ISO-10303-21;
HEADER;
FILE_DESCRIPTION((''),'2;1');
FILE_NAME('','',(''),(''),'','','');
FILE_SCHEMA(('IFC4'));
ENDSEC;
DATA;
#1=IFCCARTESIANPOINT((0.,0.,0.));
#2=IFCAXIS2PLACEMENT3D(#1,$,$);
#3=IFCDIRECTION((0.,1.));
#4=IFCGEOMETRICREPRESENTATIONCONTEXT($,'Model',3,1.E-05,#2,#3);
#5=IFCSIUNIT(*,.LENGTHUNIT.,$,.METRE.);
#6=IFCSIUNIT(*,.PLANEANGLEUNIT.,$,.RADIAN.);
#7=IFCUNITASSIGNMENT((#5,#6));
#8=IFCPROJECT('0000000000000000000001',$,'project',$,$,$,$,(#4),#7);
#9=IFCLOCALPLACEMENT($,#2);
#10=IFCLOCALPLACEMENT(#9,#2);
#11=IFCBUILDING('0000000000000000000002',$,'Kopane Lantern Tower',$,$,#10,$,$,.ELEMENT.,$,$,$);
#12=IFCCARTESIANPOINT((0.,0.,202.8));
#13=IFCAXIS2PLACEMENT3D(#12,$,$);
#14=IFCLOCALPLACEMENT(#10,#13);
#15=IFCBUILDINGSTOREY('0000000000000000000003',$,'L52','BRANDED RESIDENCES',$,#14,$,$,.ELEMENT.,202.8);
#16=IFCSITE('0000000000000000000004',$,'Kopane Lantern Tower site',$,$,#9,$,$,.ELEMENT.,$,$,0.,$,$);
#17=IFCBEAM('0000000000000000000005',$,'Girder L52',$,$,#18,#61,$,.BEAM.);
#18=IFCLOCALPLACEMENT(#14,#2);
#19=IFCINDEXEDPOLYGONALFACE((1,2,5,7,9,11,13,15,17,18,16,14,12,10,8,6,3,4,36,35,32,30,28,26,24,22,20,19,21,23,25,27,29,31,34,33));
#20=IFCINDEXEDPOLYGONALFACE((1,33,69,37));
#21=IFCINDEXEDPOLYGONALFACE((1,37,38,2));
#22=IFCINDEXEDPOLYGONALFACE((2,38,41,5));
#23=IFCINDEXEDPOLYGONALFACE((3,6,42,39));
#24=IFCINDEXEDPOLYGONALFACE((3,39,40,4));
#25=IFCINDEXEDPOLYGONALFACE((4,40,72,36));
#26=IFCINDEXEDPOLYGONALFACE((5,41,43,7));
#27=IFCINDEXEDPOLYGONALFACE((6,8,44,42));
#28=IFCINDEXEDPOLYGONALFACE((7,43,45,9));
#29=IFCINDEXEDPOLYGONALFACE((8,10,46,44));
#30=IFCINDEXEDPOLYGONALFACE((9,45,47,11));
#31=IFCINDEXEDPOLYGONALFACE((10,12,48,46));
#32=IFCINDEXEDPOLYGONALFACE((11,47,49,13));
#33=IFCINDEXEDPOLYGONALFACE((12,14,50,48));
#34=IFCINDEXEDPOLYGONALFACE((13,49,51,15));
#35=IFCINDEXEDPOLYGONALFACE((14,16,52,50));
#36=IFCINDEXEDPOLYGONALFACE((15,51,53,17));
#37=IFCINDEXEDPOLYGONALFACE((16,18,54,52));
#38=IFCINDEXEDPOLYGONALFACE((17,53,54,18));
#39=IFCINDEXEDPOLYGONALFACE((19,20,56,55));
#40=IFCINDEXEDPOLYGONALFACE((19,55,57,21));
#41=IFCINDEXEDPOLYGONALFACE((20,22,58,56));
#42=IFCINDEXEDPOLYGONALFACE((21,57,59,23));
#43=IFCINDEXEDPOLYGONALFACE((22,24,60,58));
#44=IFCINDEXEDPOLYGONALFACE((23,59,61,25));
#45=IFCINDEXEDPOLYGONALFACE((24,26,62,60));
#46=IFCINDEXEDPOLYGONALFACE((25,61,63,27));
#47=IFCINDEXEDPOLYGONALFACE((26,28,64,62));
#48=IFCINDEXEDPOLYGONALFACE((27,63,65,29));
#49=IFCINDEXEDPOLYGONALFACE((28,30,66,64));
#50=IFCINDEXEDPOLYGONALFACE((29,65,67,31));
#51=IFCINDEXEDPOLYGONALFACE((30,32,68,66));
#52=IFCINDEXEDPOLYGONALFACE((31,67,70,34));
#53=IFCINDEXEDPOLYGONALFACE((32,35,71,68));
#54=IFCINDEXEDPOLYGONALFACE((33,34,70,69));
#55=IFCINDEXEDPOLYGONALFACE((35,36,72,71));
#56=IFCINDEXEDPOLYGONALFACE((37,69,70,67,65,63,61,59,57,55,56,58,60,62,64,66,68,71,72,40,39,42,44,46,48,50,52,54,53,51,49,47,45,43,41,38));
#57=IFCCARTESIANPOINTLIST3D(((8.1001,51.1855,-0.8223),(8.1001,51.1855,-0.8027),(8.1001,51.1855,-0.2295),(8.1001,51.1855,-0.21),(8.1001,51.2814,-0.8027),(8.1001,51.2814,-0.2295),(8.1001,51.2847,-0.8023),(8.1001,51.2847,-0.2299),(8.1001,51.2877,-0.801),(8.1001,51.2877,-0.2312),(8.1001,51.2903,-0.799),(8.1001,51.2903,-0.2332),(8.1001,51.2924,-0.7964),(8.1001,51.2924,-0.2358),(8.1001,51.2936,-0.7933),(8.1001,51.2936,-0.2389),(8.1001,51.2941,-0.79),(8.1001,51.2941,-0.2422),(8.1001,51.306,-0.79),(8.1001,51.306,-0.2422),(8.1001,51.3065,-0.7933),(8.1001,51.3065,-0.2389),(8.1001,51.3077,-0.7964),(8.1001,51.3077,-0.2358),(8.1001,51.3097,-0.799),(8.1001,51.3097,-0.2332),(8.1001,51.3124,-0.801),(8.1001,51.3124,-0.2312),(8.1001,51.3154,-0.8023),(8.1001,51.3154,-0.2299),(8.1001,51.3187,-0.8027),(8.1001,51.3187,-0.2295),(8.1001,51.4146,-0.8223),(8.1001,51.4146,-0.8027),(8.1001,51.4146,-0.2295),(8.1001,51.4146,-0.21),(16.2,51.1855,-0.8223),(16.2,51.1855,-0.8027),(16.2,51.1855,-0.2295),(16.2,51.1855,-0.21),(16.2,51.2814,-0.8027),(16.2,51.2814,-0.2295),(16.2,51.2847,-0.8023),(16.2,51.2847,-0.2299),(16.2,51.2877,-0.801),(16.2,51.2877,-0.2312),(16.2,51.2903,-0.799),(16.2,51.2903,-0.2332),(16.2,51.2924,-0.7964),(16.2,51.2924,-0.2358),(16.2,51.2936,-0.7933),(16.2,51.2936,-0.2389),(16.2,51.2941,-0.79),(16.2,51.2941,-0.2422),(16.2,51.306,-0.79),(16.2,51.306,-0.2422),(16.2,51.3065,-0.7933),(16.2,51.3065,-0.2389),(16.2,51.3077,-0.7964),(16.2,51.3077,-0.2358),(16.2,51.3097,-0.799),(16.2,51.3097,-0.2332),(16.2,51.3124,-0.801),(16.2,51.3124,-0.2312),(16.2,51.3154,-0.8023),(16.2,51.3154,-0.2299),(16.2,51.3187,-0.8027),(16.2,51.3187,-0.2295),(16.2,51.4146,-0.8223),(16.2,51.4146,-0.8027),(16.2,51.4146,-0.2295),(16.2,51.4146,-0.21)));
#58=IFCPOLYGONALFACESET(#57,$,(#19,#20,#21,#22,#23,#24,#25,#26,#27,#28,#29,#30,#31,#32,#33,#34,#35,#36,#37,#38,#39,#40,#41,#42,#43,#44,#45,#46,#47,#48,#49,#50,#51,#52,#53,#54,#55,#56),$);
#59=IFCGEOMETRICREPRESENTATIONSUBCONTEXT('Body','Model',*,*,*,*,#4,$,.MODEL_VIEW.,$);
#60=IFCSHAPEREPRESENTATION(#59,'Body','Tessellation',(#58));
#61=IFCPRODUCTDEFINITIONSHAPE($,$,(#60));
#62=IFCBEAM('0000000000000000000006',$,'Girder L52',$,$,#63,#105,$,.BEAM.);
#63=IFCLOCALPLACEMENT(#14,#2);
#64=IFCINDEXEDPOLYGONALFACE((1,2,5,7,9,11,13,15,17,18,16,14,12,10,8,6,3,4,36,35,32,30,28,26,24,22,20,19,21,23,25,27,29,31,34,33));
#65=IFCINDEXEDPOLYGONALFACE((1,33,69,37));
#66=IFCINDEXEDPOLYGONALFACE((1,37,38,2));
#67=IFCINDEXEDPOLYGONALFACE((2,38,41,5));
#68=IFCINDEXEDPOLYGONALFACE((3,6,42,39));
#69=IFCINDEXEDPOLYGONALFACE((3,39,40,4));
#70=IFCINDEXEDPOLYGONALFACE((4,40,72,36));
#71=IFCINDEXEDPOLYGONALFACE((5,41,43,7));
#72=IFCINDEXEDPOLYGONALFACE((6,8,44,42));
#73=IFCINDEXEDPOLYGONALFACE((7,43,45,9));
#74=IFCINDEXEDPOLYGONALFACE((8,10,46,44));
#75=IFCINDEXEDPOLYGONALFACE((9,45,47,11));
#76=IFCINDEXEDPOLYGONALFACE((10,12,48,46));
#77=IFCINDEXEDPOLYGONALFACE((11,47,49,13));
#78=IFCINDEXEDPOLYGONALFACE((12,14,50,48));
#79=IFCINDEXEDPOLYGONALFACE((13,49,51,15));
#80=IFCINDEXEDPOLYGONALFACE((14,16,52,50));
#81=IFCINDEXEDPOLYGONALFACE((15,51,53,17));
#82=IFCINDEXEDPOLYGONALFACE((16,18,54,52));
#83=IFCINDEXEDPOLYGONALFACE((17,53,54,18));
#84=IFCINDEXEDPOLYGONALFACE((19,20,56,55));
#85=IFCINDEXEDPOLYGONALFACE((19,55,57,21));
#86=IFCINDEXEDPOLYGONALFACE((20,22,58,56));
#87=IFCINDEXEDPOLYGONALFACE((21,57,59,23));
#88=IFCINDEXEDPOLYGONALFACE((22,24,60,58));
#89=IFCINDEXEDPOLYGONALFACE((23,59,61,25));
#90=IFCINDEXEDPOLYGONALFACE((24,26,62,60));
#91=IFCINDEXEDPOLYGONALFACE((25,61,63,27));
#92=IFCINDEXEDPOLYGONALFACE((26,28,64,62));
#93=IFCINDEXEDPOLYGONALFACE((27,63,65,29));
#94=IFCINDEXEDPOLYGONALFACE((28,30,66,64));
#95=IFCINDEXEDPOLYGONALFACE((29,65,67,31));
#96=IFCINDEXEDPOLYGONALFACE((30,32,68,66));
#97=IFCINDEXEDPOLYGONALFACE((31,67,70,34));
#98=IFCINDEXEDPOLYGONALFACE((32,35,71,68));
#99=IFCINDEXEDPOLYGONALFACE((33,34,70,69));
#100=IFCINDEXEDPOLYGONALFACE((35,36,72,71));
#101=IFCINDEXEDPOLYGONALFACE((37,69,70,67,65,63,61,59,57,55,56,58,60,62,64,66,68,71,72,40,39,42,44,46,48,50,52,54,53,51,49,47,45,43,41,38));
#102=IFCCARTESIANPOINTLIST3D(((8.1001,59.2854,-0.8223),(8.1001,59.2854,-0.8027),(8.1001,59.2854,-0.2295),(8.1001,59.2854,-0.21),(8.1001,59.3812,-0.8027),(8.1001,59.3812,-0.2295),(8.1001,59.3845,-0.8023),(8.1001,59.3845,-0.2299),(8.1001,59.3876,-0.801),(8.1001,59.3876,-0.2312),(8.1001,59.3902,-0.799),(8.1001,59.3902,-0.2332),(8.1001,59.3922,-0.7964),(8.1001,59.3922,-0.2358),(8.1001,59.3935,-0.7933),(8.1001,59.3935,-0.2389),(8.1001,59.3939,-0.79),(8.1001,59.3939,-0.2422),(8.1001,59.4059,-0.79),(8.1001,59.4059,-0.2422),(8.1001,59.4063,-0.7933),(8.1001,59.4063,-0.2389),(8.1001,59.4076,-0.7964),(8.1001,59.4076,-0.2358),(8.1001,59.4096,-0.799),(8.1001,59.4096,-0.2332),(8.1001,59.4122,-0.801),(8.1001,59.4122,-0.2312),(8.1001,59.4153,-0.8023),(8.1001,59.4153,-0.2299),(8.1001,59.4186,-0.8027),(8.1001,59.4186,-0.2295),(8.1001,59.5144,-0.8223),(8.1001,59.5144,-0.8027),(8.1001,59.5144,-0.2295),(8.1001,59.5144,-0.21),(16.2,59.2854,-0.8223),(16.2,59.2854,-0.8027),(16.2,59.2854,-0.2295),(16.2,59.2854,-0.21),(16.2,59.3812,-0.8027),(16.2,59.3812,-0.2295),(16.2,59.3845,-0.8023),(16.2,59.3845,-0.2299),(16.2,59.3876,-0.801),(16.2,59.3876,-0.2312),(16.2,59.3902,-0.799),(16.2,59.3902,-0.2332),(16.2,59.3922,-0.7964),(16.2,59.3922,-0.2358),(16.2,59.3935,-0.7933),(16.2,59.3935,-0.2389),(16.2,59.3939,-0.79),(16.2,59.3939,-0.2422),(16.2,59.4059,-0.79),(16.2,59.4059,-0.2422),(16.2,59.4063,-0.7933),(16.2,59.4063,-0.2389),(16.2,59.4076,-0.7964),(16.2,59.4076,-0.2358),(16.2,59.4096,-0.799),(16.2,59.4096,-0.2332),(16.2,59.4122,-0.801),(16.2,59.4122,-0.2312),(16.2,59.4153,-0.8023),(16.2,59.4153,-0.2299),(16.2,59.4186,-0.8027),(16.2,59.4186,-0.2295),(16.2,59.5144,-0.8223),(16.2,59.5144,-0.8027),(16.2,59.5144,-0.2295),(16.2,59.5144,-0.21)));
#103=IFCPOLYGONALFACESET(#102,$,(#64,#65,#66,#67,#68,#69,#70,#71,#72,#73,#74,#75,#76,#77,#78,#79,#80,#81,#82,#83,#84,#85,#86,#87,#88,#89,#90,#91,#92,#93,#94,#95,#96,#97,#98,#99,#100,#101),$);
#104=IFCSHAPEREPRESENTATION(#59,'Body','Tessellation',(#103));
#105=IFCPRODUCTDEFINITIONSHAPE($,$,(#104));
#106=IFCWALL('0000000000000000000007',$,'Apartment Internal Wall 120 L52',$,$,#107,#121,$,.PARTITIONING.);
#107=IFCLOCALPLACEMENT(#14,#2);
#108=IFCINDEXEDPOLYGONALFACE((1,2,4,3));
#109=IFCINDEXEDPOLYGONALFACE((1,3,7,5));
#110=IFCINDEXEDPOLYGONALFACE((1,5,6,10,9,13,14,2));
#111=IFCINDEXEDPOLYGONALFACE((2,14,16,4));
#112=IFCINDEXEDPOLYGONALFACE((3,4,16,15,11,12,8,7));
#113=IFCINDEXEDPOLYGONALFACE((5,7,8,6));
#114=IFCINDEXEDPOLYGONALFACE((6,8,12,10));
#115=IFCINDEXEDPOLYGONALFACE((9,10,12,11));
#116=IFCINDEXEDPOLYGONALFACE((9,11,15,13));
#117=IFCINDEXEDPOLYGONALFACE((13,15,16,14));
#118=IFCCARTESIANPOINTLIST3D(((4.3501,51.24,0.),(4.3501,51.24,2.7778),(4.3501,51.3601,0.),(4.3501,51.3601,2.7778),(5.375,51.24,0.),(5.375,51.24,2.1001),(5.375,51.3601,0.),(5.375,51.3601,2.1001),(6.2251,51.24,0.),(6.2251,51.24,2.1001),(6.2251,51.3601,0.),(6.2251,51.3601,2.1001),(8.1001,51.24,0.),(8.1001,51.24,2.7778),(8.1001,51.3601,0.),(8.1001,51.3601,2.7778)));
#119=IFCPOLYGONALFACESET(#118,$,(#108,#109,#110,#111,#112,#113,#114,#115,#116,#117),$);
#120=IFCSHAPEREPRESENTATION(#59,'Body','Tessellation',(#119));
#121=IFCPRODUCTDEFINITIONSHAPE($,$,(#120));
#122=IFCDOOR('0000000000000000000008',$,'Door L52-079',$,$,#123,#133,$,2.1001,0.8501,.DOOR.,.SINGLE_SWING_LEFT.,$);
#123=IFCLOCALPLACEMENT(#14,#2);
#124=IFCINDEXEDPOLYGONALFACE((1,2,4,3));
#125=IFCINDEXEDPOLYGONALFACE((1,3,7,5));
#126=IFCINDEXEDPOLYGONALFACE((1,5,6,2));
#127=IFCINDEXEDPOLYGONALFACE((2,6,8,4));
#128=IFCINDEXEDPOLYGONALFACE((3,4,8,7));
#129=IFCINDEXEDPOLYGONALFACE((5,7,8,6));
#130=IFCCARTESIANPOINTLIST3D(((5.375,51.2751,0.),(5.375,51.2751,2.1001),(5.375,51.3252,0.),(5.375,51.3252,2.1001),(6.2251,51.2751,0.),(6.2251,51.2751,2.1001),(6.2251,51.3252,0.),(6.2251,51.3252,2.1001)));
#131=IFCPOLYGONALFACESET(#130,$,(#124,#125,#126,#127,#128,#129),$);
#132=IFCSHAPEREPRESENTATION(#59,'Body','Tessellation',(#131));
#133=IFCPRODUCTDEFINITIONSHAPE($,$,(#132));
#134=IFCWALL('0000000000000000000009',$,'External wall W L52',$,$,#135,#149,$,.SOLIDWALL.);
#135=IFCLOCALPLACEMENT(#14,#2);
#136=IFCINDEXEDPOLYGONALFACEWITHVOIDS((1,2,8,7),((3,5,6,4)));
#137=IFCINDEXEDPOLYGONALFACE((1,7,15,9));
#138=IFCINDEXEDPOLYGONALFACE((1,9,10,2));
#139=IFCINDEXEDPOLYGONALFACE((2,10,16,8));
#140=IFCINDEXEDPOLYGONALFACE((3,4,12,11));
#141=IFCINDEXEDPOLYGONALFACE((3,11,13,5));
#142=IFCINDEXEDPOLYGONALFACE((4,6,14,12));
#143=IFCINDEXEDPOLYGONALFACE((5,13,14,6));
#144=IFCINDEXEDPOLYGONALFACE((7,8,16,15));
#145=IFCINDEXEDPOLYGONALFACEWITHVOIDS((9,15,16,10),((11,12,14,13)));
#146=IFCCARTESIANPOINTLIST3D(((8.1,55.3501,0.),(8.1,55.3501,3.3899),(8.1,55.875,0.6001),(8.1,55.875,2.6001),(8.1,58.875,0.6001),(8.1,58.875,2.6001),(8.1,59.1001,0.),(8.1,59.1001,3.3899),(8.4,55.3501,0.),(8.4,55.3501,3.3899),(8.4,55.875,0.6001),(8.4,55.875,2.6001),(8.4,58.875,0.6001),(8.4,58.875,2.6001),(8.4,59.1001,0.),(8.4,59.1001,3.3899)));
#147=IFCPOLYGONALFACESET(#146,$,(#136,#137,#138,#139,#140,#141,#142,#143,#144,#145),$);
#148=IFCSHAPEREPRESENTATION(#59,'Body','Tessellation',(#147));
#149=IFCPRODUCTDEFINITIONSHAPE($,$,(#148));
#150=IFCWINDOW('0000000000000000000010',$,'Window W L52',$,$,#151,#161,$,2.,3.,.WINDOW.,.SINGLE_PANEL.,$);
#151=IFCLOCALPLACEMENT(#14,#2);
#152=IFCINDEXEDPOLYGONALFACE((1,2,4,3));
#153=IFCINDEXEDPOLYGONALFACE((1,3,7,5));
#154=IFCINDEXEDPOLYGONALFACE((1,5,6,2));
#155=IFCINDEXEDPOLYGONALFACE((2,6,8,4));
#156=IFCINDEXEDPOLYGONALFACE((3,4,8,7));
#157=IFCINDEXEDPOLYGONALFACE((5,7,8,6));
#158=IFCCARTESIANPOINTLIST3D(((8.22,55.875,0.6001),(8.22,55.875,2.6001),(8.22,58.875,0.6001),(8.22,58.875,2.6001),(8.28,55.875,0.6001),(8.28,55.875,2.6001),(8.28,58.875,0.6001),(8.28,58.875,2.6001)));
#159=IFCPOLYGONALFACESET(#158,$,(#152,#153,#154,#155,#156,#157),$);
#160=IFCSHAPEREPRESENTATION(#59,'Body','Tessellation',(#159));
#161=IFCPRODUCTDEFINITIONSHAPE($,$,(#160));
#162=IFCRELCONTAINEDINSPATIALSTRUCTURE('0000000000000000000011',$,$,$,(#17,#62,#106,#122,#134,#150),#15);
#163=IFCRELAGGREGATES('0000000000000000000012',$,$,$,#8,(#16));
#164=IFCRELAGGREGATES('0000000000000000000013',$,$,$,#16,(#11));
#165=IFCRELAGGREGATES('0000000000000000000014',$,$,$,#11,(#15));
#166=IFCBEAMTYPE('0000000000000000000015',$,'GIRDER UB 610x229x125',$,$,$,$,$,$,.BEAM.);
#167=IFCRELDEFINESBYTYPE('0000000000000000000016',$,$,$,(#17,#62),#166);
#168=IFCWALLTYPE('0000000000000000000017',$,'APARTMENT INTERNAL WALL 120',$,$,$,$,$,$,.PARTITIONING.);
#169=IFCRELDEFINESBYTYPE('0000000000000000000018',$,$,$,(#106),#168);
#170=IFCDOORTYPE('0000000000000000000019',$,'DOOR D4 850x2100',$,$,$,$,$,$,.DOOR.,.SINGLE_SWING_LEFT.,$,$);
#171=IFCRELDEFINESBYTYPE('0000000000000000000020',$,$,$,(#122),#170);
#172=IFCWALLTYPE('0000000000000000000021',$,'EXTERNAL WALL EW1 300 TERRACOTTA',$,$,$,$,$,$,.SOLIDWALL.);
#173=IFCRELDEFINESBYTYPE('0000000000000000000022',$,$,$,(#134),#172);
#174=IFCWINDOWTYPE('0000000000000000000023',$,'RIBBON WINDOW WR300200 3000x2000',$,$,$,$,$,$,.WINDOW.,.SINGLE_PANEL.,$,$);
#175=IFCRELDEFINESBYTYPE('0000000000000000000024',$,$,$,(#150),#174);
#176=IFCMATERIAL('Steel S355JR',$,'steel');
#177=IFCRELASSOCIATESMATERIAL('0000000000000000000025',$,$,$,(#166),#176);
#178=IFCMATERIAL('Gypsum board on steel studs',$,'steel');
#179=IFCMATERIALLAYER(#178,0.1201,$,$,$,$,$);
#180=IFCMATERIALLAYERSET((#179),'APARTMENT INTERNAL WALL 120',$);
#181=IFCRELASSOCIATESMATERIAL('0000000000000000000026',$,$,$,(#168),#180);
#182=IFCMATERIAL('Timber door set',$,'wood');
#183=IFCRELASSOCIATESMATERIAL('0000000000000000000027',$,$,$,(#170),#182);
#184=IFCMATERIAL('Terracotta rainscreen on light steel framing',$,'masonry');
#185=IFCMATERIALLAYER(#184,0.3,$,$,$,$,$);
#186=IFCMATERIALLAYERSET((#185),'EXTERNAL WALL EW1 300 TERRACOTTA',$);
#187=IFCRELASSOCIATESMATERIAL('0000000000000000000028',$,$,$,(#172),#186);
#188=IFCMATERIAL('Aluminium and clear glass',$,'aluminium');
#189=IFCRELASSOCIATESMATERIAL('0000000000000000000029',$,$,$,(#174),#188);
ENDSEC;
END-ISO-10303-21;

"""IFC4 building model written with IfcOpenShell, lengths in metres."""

from ifc_helpers import new_model, si_unit, direction, frame, frame_2d, origin, origin_2d, place, context, subcontext, project, spatial, rectangle, i_section, extrude, material, layer, layer_set, material_profile, profile_set, type_object, element, fill, save


model = new_model("IFC4")

# Units and contexts
model_context = context("Model", 3, precision=1e-05, world=origin(), true_north=direction((0.0, 1.0)))
body_context = subcontext(model_context, "Body", "Model", "MODEL_VIEW")
ifc_project = project(units=[si_unit("LENGTHUNIT", "METRE"), si_unit("PLANEANGLEUNIT", "RADIAN")], contexts=[model_context])

# Site, building, storey
site_placement = place(None, origin())
site = spatial("IfcSite", under=ifc_project, at=site_placement, Name="Kopane Lantern Tower site", CompositionType="ELEMENT", RefElevation=0.0)
building_placement = place(site_placement, origin())
building = spatial("IfcBuilding", under=site, at=building_placement, Name="Kopane Lantern Tower", CompositionType="ELEMENT")
storey_placement = place(building_placement, frame((0.0, 0.0, 202.8)))
storey = spatial("IfcBuildingStorey", under=building, at=storey_placement, Name="L52", Description="BRANDED RESIDENCES", CompositionType="ELEMENT", Elevation=202.8)

# Beams
ifc_material_1 = material(Name="Steel S355JR", Category="steel")
ifc_material_profile_1 = material_profile(ifc_material_1, i_section(OverallWidth=0.229, OverallDepth=0.6123, WebThickness=0.012, FlangeThickness=0.0195, FilletRadius=0.0127, at=origin_2d()), Name="UB 610x229x125")
ifc_profile_set_1 = profile_set([ifc_material_profile_1], Name="Steel S355JR")
beam_type_1 = type_object("IfcBeamType", Name="GIRDER UB 610x229x125", PredefinedType="BEAM", material=ifc_profile_set_1)
for number, where, z_axis, x_axis, name in (
    (1, (8.1001, 51.3, -0.5161), (1.0, 0.0, 0.0), (0.0, 1.0, 0.0), "Girder L52"),
    (2, (8.1001, 59.3999, -0.5161), (1.0, 0.0, 0.0), (0.0, 1.0, 0.0), "Girder L52"),
):
    element("IfcBeam", number, at=place(storey_placement, frame(where, z_axis=z_axis, x_axis=x_axis)), inside=storey, type_object=beam_type_1, Name=name, PredefinedType="BEAM", context=body_context, shape_type="SweptSolid", body=[
        extrude(i_section(OverallWidth=0.229, OverallDepth=0.6123, WebThickness=0.012, FlangeThickness=0.0195, FilletRadius=0.0127, at=origin_2d()), origin(), (0.0, 0.0, 1.0), 8.0999),
    ])

# Wall, opening, door
ifc_material_2 = material(Name="Gypsum board on steel studs", Category="steel")
ifc_layer_1 = layer(ifc_material_2, 0.1201)
ifc_layer_set_1 = layer_set([ifc_layer_1], Name="APARTMENT INTERNAL WALL 120")
wall_type_1 = type_object("IfcWallType", Name="APARTMENT INTERNAL WALL 120", PredefinedType="PARTITIONING", material=ifc_layer_set_1)
wall_1_placement = place(storey_placement, frame((8.1001, 51.3, 0.0), z_axis=(0.0, 0.0, 1.0), x_axis=(-1.0, 0.0, 0.0)))
wall_1 = element("IfcWall", 3, at=wall_1_placement, inside=storey, type_object=wall_type_1, Name="Apartment Internal Wall 120 L52", PredefinedType="PARTITIONING", context=body_context, shape_type="SweptSolid", body=[
    extrude(rectangle(XDim=3.75, YDim=0.1201, at=frame_2d((1.875, 0.0))), origin(), (0.0, 0.0, 1.0), 2.7778),
])
opening_1_placement = place(wall_1_placement, frame((1.875, 0.0, 0.0)))
opening_1 = element("IfcOpeningElement", 4, at=opening_1_placement, cuts=wall_1, PredefinedType="OPENING", context=body_context, shape_type="SweptSolid", body=[
    extrude(rectangle(XDim=0.8501, YDim=2.1001, at=frame_2d((0.425, 1.05))), frame((0.0, 0.0701, 0.0), z_axis=(0.0, -1.0, 0.0), x_axis=(1.0, 0.0, 0.0)), (0.0, 0.0, 1.0), 0.1401),
])
ifc_material_3 = material(Name="Timber door set", Category="wood")
door_type = type_object("IfcDoorType", Name="DOOR D4 850x2100", OperationType="SINGLE_SWING_LEFT", PredefinedType="DOOR", material=ifc_material_3)
door_placement = place(opening_1_placement, origin())
door = element("IfcDoor", 5, at=door_placement, inside=storey, type_object=door_type, Name="Door L52-079", OperationType="SINGLE_SWING_LEFT", OverallHeight=2.1001, OverallWidth=0.8501, PredefinedType="DOOR", context=body_context, shape_type="SweptSolid", body=[
    extrude(rectangle(XDim=0.8501, YDim=2.1001, at=frame_2d((0.425, 1.05))), frame((0.0, 0.0249, 0.0), z_axis=(0.0, -1.0, 0.0), x_axis=(1.0, 0.0, 0.0)), (0.0, 0.0, 1.0), 0.05),
])
fill(opening_1, door)

# Wall, opening, window
ifc_material_4 = material(Name="Terracotta rainscreen on light steel framing", Category="masonry")
ifc_layer_2 = layer(ifc_material_4, 0.3)
ifc_layer_set_2 = layer_set([ifc_layer_2], Name="EXTERNAL WALL EW1 300 TERRACOTTA")
wall_type_2 = type_object("IfcWallType", Name="EXTERNAL WALL EW1 300 TERRACOTTA", PredefinedType="SOLIDWALL", material=ifc_layer_set_2)
wall_2_placement = place(storey_placement, frame((8.25, 59.1001, 0.0), z_axis=(0.0, 0.0, 1.0), x_axis=(0.0, -1.0, 0.0)))
wall_2 = element("IfcWall", 6, at=wall_2_placement, inside=storey, type_object=wall_type_2, Name="External wall W L52", PredefinedType="SOLIDWALL", context=body_context, shape_type="SweptSolid", body=[
    extrude(rectangle(XDim=3.75, YDim=0.3, at=frame_2d((1.875, 0.0))), origin(), (0.0, 0.0, 1.0), 3.3899),
])
opening_2_placement = place(wall_2_placement, frame((0.2251, 0.0, 0.6001)))
opening_2 = element("IfcOpeningElement", 7, at=opening_2_placement, cuts=wall_2, PredefinedType="OPENING", context=body_context, shape_type="SweptSolid", body=[
    extrude(rectangle(XDim=3.0, YDim=2.0, at=frame_2d((1.5, 1.0))), frame((0.0, 0.1599, 0.0), z_axis=(0.0, -1.0, 0.0), x_axis=(1.0, 0.0, 0.0)), (0.0, 0.0, 1.0), 0.3201),
])
ifc_material_5 = material(Name="Aluminium and clear glass", Category="aluminium")
window_type = type_object("IfcWindowType", Name="RIBBON WINDOW WR300200 3000x2000", PartitioningType="SINGLE_PANEL", PredefinedType="WINDOW", material=ifc_material_5)
window_1_placement = place(opening_2_placement, origin())
window_1 = element("IfcWindow", 8, at=window_1_placement, inside=storey, type_object=window_type, Name="Window W L52", OverallHeight=2.0, OverallWidth=3.0, PartitioningType="SINGLE_PANEL", PredefinedType="WINDOW", context=body_context, shape_type="SweptSolid", body=[
    extrude(rectangle(XDim=3.0, YDim=2.0, at=frame_2d((1.5, 1.0))), frame((0.0, 0.03, 0.0), z_axis=(0.0, -1.0, 0.0), x_axis=(1.0, 0.0, 0.0)), (0.0, 0.0, 1.0), 0.0601),
])
fill(opening_2, window_1)

save(model, "model.ifc")
